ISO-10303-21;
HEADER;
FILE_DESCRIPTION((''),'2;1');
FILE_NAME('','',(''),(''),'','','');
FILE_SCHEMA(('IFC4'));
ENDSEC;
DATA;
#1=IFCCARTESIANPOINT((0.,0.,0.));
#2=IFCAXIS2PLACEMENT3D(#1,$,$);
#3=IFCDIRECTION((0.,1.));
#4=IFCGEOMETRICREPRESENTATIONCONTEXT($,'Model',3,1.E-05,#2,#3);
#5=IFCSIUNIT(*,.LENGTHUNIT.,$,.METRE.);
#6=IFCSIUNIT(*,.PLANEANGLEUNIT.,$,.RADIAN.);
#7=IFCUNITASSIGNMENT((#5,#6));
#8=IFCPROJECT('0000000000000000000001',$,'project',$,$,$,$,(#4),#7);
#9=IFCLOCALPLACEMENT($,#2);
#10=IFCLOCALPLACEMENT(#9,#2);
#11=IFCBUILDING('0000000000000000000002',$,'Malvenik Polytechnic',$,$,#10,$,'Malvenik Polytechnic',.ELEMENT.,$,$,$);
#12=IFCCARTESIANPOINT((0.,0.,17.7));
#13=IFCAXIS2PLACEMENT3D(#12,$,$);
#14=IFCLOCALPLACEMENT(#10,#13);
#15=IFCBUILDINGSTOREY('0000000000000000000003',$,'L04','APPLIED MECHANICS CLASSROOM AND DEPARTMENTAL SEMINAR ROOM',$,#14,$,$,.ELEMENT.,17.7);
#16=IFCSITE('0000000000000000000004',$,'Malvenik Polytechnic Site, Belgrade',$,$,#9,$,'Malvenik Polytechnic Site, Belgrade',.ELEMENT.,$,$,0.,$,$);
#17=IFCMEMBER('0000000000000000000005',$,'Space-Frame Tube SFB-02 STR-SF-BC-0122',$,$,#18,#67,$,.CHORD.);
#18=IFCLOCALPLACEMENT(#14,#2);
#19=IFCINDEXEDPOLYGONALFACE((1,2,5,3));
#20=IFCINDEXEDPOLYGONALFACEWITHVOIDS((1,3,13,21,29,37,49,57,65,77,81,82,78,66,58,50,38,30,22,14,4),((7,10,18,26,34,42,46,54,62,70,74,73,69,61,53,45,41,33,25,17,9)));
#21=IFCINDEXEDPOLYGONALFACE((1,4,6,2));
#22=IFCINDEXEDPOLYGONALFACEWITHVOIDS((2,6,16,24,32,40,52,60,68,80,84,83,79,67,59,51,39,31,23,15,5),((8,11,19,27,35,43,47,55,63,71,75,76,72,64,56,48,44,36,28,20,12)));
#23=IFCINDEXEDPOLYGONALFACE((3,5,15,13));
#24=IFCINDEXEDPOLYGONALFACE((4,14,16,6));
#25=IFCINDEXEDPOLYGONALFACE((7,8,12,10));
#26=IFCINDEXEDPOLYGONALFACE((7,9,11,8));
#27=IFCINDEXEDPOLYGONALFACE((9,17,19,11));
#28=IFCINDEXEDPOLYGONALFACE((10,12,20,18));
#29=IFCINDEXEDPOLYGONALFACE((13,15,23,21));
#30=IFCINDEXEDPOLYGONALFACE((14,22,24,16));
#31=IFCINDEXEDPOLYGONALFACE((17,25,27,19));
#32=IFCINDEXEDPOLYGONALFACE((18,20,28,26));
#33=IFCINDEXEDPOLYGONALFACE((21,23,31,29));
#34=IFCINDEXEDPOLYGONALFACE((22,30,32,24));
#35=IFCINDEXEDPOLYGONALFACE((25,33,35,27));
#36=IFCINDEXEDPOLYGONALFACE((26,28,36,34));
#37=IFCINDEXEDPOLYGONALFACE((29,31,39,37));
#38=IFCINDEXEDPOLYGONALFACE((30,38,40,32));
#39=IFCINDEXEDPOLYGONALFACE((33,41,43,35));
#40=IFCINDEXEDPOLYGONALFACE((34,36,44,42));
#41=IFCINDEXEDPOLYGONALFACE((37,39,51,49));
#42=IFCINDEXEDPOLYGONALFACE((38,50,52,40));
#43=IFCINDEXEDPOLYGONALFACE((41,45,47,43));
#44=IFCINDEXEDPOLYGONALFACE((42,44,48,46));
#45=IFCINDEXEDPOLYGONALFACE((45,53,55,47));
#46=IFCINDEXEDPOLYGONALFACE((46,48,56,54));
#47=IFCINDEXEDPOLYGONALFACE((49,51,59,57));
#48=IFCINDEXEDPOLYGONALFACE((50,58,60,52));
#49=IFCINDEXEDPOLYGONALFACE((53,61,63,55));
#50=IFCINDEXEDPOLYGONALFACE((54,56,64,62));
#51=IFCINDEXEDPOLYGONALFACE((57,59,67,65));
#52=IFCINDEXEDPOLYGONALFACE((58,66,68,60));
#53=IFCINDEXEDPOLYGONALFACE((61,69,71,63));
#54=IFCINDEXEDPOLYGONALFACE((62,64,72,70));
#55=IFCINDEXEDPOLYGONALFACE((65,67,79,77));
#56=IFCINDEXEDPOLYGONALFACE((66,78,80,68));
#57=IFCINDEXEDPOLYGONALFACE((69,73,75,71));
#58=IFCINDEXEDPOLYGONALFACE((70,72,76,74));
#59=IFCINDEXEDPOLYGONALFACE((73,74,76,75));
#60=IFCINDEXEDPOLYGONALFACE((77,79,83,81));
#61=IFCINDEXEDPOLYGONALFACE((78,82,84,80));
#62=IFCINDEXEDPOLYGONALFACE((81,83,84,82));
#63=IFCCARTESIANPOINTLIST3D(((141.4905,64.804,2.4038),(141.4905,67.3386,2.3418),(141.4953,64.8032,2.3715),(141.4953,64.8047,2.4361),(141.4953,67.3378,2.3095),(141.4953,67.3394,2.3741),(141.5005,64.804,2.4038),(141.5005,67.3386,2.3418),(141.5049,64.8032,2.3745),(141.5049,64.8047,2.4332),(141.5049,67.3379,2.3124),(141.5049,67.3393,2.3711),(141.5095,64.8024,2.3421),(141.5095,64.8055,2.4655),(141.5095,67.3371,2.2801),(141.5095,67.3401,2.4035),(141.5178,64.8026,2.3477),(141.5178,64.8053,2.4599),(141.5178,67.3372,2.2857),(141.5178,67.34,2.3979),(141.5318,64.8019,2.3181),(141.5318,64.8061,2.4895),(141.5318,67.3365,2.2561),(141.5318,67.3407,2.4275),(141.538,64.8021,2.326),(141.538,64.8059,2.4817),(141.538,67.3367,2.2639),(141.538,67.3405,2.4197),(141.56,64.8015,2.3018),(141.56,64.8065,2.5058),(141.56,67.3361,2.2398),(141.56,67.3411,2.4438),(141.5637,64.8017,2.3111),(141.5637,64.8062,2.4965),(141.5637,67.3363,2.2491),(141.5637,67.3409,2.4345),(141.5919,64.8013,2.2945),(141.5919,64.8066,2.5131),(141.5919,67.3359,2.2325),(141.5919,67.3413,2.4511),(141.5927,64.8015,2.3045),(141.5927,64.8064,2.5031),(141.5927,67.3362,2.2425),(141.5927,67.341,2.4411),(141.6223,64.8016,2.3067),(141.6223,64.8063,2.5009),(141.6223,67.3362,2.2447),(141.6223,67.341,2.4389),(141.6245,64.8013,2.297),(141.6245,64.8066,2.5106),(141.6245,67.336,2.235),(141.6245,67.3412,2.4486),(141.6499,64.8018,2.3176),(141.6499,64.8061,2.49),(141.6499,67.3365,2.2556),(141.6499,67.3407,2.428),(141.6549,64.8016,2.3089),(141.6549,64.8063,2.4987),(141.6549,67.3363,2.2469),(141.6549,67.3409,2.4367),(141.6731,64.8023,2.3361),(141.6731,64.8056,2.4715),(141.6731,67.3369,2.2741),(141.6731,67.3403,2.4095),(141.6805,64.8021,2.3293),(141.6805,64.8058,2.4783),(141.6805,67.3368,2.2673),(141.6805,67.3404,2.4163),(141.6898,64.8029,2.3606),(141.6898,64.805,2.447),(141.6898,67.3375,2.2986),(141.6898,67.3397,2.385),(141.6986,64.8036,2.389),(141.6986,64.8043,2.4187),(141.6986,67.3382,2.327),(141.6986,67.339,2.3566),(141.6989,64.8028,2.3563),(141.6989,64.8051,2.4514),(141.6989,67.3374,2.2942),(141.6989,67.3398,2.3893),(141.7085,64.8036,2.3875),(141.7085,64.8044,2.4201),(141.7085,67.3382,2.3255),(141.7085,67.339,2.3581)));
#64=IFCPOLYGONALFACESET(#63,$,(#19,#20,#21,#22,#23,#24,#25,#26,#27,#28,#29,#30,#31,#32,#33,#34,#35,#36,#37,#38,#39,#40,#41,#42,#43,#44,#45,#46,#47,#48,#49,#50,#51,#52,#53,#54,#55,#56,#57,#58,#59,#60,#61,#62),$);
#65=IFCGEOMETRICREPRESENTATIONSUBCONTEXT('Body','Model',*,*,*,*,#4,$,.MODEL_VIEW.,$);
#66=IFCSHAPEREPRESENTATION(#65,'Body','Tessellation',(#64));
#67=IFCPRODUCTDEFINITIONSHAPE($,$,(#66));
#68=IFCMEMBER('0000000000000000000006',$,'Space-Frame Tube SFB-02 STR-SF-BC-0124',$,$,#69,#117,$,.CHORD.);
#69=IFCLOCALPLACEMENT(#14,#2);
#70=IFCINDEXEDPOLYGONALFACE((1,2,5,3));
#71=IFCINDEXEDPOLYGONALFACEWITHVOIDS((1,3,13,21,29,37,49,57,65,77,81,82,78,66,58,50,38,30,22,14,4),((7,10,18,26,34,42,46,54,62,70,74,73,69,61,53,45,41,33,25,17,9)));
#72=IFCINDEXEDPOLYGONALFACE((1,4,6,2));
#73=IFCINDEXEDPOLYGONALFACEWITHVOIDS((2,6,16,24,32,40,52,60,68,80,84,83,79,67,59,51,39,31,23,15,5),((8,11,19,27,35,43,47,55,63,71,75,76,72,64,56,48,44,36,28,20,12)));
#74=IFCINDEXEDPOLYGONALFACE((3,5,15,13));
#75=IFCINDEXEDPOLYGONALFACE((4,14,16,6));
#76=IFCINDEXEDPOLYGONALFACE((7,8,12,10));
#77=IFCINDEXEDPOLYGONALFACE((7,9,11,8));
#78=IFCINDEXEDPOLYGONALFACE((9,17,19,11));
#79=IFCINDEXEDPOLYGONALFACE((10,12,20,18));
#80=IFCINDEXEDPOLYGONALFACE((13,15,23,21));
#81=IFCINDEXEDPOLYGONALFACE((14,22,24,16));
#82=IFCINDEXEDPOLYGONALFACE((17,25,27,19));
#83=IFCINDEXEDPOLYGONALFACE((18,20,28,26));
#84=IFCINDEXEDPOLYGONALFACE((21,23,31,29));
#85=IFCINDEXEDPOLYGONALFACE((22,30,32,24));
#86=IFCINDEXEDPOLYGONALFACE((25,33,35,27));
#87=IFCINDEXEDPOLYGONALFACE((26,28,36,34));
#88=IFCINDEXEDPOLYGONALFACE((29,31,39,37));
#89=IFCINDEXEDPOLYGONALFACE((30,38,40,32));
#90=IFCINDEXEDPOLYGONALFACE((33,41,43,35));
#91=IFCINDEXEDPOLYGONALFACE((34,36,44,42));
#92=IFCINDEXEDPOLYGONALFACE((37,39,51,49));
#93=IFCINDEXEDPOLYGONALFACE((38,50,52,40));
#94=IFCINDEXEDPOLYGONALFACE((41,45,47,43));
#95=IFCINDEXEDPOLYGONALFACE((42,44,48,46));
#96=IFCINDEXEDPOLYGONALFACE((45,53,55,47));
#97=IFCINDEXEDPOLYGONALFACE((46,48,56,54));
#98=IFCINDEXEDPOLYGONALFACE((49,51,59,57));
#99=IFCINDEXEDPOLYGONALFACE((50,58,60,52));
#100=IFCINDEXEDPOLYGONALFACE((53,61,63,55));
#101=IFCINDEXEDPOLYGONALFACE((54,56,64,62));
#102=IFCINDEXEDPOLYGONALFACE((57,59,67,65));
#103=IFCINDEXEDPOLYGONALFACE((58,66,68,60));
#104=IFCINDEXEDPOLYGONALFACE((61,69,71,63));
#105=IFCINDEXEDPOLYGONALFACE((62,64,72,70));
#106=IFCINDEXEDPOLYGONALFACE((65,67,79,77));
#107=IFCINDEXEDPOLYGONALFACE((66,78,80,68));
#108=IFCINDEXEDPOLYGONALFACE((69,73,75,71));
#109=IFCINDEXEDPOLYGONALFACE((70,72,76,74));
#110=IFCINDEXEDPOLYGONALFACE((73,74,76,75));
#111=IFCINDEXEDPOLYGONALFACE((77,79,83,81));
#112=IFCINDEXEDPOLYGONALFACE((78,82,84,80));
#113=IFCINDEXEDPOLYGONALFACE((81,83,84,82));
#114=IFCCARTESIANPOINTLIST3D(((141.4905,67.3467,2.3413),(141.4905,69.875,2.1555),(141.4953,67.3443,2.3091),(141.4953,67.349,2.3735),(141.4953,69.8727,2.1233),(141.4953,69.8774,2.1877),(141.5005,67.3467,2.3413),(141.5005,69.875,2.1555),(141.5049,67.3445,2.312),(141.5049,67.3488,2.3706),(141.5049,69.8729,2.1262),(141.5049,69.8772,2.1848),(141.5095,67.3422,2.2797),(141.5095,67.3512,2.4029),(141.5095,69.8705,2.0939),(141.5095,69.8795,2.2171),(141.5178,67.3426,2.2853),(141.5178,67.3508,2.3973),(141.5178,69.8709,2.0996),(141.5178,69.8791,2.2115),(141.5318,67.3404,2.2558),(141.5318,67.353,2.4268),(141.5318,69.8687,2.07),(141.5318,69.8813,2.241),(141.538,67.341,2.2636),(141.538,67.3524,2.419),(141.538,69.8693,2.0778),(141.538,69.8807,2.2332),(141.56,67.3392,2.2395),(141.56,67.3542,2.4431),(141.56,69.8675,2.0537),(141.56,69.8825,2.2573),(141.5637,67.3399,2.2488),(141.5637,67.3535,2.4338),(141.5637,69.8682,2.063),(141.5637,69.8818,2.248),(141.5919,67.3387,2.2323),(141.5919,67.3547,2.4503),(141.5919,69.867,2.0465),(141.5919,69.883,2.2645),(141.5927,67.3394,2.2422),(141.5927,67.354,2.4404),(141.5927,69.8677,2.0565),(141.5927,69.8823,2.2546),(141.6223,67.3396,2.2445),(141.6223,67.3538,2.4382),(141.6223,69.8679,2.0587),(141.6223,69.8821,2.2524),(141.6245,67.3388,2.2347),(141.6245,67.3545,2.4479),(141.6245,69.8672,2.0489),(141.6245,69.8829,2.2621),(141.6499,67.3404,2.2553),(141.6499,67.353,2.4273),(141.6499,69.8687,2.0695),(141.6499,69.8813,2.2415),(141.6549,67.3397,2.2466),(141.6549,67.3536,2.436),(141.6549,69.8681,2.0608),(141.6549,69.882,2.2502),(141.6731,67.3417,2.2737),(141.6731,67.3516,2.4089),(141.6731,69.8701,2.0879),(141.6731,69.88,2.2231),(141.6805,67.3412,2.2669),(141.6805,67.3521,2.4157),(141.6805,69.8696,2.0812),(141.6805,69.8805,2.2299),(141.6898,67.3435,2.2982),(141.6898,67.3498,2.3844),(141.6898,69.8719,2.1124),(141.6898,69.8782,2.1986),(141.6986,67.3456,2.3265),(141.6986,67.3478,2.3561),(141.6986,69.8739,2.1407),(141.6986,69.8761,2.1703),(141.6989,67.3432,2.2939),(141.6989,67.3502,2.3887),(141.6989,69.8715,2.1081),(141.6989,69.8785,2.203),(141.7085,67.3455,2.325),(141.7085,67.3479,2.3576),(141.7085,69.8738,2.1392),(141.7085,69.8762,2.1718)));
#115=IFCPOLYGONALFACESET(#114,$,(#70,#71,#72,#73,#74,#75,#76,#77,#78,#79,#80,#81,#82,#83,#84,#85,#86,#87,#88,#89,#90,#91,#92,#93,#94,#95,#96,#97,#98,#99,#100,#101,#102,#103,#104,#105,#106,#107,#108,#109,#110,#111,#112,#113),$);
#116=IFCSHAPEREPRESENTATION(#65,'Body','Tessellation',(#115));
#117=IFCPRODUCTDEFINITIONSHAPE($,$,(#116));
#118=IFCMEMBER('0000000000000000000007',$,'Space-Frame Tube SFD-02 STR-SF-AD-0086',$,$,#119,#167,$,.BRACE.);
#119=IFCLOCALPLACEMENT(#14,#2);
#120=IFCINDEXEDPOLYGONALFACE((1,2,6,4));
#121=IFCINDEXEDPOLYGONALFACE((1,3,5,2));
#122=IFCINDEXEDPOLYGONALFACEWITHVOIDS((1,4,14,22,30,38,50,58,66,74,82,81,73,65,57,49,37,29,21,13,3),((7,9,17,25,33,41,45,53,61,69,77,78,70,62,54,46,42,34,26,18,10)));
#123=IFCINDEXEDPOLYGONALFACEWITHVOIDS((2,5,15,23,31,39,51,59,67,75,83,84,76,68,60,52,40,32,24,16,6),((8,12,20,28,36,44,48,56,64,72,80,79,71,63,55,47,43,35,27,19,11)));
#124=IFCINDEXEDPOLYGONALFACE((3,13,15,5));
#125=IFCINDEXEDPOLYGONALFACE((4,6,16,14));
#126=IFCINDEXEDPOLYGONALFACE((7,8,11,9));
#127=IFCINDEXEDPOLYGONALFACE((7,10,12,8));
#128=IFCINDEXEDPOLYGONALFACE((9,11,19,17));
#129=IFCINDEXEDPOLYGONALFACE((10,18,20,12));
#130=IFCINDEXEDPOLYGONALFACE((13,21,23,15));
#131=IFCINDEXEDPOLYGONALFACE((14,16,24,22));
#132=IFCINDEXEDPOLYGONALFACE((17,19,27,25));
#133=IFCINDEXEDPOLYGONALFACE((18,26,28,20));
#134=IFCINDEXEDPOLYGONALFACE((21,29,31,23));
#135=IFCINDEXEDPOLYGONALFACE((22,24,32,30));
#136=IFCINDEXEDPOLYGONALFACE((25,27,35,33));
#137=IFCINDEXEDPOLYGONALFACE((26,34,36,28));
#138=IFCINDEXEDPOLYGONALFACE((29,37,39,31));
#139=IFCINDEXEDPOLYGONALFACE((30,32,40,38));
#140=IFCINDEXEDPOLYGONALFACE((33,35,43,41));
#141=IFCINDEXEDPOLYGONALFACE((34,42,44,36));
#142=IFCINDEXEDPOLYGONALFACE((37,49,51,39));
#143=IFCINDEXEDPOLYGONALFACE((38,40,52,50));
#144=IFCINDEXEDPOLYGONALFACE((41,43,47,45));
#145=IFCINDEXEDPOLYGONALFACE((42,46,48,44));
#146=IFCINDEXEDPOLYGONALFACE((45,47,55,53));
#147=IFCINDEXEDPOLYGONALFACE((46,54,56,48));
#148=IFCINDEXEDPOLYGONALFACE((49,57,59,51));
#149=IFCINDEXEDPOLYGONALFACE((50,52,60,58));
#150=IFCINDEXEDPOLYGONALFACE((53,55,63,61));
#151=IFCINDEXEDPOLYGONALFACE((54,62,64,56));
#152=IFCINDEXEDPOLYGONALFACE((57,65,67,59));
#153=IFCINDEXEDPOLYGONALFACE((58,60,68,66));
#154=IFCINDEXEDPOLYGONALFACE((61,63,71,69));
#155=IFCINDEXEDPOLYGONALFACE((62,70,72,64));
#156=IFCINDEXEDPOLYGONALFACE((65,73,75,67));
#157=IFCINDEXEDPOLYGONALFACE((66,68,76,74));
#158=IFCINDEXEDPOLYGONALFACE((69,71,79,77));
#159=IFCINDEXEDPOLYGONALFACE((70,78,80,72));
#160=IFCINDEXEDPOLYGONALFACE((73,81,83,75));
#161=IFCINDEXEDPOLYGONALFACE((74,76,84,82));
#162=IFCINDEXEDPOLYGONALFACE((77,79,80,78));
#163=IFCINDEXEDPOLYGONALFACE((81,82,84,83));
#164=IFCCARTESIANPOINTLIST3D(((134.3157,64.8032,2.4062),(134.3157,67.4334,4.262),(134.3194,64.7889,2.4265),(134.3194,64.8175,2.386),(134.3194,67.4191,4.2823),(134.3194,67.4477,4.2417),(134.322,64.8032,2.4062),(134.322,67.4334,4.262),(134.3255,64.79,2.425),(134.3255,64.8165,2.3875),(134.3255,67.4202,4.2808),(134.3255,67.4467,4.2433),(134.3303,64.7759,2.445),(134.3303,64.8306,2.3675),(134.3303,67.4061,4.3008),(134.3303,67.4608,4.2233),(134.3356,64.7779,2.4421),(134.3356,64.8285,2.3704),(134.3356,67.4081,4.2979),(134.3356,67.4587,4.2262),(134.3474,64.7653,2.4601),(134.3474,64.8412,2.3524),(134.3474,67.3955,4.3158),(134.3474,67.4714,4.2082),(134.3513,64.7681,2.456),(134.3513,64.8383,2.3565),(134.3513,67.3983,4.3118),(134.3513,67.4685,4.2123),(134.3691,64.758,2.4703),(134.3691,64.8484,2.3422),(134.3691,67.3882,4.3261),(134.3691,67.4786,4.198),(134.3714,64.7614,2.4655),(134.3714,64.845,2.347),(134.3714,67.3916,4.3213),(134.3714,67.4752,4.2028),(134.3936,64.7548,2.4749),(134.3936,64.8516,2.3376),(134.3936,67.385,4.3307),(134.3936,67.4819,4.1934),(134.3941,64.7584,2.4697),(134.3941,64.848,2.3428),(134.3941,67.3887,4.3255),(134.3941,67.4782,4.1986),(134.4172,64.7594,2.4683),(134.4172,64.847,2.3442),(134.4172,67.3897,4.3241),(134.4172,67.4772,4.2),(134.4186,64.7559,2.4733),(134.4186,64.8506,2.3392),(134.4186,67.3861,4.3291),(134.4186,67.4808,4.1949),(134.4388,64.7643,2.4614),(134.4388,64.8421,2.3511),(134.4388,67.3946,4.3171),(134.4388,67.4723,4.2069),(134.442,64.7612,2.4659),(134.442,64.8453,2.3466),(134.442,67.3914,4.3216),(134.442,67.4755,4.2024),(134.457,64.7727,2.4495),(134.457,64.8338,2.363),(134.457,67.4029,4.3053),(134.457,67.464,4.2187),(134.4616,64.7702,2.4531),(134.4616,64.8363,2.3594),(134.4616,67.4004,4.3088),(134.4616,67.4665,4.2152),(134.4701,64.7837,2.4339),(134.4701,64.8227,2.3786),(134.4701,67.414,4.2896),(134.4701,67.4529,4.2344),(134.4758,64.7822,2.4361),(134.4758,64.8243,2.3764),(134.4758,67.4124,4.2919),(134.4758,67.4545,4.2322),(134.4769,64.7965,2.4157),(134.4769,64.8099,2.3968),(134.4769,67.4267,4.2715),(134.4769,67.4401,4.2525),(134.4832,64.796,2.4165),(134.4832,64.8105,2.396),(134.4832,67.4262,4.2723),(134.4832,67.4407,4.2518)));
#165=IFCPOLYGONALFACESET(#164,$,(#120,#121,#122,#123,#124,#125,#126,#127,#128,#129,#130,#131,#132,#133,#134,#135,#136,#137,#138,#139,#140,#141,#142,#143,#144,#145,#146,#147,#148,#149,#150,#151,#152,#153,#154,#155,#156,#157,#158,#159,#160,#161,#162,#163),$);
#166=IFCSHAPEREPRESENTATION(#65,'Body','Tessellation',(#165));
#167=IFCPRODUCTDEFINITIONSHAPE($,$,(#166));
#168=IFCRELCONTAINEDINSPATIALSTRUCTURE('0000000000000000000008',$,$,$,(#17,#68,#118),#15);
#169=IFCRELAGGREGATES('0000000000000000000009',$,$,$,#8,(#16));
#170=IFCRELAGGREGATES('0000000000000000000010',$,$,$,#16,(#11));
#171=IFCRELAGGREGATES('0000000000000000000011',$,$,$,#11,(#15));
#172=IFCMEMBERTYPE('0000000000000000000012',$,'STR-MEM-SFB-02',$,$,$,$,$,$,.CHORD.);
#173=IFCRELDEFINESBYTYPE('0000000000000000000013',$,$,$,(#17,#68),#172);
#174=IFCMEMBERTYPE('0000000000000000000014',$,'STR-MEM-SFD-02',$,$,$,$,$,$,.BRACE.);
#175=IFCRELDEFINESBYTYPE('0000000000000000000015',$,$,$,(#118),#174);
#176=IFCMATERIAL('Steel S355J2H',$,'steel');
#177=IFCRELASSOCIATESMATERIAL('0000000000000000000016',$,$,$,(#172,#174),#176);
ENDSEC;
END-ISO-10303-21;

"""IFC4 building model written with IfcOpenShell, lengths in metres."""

from ifc_helpers import new_model, si_unit, direction, frame, origin, origin_2d, place, context, subcontext, project, spatial, hollow_circle, extrude, material, material_profile, profile_set, type_object, element, save


model = new_model("IFC4")

# Units and contexts
model_context = context("Model", 3, precision=1e-05, world=origin(), true_north=direction((0.0, 1.0)))
body_context = subcontext(model_context, "Body", "Model", "MODEL_VIEW")
ifc_project = project(units=[si_unit("LENGTHUNIT", "METRE"), si_unit("PLANEANGLEUNIT", "RADIAN")], contexts=[model_context])

# Site, building, storey
site_placement = place(None, origin())
site = spatial("IfcSite", under=ifc_project, at=site_placement, Name="Malvenik Polytechnic Site, Belgrade", LongName="Malvenik Polytechnic Site, Belgrade", CompositionType="ELEMENT", RefElevation=0.0)
building_placement = place(site_placement, origin())
building = spatial("IfcBuilding", under=site, at=building_placement, Name="Malvenik Polytechnic", LongName="Malvenik Polytechnic", CompositionType="ELEMENT")
storey_placement = place(building_placement, frame((0.0, 0.0, 17.7)))
storey = spatial("IfcBuildingStorey", under=building, at=storey_placement, Name="L04", Description="APPLIED MECHANICS CLASSROOM AND DEPARTMENTAL SEMINAR ROOM", CompositionType="ELEMENT", Elevation=17.7)

# Members
ifc_material = material(Name="Steel S355J2H", Category="steel")
ifc_material_profile_1 = material_profile(ifc_material, hollow_circle(Radius=0.1096, WallThickness=0.01, at=origin_2d()), Name="CHS 219.1x10.0")
ifc_profile_set_1 = profile_set([ifc_material_profile_1], Name="Steel S355J2H")
member_type_1 = type_object("IfcMemberType", Name="STR-MEM-SFB-02", PredefinedType="CHORD", material=ifc_profile_set_1)
member_1_placement = place(storey_placement, frame((141.6001, 64.804, 2.4038), z_axis=(0.0, 0.999701, -0.024458), x_axis=(-1.0, 0.0, 0.0)))
element("IfcMember", 1, at=member_1_placement, inside=storey, type_object=member_type_1, Name="Space-Frame Tube SFB-02 STR-SF-BC-0122", PredefinedType="CHORD", context=body_context, shape_type="SweptSolid", body=[
    extrude(hollow_circle(Radius=0.1096, WallThickness=0.01, at=origin_2d()), origin(), (0.0, 0.0, 1.0), 2.5354),
])
member_2_placement = place(storey_placement, frame((141.6001, 67.3467, 2.3413), z_axis=(0.0, 0.997311, -0.073286), x_axis=(-1.0, 0.0, 0.0)))
element("IfcMember", 2, at=member_2_placement, inside=storey, type_object=member_type_1, Name="Space-Frame Tube SFB-02 STR-SF-BC-0124", PredefinedType="CHORD", context=body_context, shape_type="SweptSolid", body=[
    extrude(hollow_circle(Radius=0.1096, WallThickness=0.01, at=origin_2d()), origin(), (0.0, 0.0, 1.0), 2.5352),
])
ifc_material_profile_2 = material_profile(ifc_material, hollow_circle(Radius=0.0842, WallThickness=0.0063, at=origin_2d()), Name="CHS 168.3x6.3")
ifc_profile_set_2 = profile_set([ifc_material_profile_2], Name="Steel S355J2H")
member_type_2 = type_object("IfcMemberType", Name="STR-MEM-SFD-02", PredefinedType="BRACE", material=ifc_profile_set_2)
for number, where, z_axis, x_axis, name in (
    (3, (134.3999, 64.8032, 2.4062), (0.0, 0.817092, 0.576507), (-1.0, 0.0, 0.0), "Space-Frame Tube SFD-02 STR-SF-AD-0086"),
):
    element("IfcMember", number, at=place(storey_placement, frame(where, z_axis=z_axis, x_axis=x_axis)), inside=storey, type_object=member_type_2, Name=name, PredefinedType="BRACE", context=body_context, shape_type="SweptSolid", body=[
        extrude(hollow_circle(Radius=0.0842, WallThickness=0.0063, at=origin_2d()), origin(), (0.0, 0.0, 1.0), 3.219),
    ])

save(model, "model.ifc")
